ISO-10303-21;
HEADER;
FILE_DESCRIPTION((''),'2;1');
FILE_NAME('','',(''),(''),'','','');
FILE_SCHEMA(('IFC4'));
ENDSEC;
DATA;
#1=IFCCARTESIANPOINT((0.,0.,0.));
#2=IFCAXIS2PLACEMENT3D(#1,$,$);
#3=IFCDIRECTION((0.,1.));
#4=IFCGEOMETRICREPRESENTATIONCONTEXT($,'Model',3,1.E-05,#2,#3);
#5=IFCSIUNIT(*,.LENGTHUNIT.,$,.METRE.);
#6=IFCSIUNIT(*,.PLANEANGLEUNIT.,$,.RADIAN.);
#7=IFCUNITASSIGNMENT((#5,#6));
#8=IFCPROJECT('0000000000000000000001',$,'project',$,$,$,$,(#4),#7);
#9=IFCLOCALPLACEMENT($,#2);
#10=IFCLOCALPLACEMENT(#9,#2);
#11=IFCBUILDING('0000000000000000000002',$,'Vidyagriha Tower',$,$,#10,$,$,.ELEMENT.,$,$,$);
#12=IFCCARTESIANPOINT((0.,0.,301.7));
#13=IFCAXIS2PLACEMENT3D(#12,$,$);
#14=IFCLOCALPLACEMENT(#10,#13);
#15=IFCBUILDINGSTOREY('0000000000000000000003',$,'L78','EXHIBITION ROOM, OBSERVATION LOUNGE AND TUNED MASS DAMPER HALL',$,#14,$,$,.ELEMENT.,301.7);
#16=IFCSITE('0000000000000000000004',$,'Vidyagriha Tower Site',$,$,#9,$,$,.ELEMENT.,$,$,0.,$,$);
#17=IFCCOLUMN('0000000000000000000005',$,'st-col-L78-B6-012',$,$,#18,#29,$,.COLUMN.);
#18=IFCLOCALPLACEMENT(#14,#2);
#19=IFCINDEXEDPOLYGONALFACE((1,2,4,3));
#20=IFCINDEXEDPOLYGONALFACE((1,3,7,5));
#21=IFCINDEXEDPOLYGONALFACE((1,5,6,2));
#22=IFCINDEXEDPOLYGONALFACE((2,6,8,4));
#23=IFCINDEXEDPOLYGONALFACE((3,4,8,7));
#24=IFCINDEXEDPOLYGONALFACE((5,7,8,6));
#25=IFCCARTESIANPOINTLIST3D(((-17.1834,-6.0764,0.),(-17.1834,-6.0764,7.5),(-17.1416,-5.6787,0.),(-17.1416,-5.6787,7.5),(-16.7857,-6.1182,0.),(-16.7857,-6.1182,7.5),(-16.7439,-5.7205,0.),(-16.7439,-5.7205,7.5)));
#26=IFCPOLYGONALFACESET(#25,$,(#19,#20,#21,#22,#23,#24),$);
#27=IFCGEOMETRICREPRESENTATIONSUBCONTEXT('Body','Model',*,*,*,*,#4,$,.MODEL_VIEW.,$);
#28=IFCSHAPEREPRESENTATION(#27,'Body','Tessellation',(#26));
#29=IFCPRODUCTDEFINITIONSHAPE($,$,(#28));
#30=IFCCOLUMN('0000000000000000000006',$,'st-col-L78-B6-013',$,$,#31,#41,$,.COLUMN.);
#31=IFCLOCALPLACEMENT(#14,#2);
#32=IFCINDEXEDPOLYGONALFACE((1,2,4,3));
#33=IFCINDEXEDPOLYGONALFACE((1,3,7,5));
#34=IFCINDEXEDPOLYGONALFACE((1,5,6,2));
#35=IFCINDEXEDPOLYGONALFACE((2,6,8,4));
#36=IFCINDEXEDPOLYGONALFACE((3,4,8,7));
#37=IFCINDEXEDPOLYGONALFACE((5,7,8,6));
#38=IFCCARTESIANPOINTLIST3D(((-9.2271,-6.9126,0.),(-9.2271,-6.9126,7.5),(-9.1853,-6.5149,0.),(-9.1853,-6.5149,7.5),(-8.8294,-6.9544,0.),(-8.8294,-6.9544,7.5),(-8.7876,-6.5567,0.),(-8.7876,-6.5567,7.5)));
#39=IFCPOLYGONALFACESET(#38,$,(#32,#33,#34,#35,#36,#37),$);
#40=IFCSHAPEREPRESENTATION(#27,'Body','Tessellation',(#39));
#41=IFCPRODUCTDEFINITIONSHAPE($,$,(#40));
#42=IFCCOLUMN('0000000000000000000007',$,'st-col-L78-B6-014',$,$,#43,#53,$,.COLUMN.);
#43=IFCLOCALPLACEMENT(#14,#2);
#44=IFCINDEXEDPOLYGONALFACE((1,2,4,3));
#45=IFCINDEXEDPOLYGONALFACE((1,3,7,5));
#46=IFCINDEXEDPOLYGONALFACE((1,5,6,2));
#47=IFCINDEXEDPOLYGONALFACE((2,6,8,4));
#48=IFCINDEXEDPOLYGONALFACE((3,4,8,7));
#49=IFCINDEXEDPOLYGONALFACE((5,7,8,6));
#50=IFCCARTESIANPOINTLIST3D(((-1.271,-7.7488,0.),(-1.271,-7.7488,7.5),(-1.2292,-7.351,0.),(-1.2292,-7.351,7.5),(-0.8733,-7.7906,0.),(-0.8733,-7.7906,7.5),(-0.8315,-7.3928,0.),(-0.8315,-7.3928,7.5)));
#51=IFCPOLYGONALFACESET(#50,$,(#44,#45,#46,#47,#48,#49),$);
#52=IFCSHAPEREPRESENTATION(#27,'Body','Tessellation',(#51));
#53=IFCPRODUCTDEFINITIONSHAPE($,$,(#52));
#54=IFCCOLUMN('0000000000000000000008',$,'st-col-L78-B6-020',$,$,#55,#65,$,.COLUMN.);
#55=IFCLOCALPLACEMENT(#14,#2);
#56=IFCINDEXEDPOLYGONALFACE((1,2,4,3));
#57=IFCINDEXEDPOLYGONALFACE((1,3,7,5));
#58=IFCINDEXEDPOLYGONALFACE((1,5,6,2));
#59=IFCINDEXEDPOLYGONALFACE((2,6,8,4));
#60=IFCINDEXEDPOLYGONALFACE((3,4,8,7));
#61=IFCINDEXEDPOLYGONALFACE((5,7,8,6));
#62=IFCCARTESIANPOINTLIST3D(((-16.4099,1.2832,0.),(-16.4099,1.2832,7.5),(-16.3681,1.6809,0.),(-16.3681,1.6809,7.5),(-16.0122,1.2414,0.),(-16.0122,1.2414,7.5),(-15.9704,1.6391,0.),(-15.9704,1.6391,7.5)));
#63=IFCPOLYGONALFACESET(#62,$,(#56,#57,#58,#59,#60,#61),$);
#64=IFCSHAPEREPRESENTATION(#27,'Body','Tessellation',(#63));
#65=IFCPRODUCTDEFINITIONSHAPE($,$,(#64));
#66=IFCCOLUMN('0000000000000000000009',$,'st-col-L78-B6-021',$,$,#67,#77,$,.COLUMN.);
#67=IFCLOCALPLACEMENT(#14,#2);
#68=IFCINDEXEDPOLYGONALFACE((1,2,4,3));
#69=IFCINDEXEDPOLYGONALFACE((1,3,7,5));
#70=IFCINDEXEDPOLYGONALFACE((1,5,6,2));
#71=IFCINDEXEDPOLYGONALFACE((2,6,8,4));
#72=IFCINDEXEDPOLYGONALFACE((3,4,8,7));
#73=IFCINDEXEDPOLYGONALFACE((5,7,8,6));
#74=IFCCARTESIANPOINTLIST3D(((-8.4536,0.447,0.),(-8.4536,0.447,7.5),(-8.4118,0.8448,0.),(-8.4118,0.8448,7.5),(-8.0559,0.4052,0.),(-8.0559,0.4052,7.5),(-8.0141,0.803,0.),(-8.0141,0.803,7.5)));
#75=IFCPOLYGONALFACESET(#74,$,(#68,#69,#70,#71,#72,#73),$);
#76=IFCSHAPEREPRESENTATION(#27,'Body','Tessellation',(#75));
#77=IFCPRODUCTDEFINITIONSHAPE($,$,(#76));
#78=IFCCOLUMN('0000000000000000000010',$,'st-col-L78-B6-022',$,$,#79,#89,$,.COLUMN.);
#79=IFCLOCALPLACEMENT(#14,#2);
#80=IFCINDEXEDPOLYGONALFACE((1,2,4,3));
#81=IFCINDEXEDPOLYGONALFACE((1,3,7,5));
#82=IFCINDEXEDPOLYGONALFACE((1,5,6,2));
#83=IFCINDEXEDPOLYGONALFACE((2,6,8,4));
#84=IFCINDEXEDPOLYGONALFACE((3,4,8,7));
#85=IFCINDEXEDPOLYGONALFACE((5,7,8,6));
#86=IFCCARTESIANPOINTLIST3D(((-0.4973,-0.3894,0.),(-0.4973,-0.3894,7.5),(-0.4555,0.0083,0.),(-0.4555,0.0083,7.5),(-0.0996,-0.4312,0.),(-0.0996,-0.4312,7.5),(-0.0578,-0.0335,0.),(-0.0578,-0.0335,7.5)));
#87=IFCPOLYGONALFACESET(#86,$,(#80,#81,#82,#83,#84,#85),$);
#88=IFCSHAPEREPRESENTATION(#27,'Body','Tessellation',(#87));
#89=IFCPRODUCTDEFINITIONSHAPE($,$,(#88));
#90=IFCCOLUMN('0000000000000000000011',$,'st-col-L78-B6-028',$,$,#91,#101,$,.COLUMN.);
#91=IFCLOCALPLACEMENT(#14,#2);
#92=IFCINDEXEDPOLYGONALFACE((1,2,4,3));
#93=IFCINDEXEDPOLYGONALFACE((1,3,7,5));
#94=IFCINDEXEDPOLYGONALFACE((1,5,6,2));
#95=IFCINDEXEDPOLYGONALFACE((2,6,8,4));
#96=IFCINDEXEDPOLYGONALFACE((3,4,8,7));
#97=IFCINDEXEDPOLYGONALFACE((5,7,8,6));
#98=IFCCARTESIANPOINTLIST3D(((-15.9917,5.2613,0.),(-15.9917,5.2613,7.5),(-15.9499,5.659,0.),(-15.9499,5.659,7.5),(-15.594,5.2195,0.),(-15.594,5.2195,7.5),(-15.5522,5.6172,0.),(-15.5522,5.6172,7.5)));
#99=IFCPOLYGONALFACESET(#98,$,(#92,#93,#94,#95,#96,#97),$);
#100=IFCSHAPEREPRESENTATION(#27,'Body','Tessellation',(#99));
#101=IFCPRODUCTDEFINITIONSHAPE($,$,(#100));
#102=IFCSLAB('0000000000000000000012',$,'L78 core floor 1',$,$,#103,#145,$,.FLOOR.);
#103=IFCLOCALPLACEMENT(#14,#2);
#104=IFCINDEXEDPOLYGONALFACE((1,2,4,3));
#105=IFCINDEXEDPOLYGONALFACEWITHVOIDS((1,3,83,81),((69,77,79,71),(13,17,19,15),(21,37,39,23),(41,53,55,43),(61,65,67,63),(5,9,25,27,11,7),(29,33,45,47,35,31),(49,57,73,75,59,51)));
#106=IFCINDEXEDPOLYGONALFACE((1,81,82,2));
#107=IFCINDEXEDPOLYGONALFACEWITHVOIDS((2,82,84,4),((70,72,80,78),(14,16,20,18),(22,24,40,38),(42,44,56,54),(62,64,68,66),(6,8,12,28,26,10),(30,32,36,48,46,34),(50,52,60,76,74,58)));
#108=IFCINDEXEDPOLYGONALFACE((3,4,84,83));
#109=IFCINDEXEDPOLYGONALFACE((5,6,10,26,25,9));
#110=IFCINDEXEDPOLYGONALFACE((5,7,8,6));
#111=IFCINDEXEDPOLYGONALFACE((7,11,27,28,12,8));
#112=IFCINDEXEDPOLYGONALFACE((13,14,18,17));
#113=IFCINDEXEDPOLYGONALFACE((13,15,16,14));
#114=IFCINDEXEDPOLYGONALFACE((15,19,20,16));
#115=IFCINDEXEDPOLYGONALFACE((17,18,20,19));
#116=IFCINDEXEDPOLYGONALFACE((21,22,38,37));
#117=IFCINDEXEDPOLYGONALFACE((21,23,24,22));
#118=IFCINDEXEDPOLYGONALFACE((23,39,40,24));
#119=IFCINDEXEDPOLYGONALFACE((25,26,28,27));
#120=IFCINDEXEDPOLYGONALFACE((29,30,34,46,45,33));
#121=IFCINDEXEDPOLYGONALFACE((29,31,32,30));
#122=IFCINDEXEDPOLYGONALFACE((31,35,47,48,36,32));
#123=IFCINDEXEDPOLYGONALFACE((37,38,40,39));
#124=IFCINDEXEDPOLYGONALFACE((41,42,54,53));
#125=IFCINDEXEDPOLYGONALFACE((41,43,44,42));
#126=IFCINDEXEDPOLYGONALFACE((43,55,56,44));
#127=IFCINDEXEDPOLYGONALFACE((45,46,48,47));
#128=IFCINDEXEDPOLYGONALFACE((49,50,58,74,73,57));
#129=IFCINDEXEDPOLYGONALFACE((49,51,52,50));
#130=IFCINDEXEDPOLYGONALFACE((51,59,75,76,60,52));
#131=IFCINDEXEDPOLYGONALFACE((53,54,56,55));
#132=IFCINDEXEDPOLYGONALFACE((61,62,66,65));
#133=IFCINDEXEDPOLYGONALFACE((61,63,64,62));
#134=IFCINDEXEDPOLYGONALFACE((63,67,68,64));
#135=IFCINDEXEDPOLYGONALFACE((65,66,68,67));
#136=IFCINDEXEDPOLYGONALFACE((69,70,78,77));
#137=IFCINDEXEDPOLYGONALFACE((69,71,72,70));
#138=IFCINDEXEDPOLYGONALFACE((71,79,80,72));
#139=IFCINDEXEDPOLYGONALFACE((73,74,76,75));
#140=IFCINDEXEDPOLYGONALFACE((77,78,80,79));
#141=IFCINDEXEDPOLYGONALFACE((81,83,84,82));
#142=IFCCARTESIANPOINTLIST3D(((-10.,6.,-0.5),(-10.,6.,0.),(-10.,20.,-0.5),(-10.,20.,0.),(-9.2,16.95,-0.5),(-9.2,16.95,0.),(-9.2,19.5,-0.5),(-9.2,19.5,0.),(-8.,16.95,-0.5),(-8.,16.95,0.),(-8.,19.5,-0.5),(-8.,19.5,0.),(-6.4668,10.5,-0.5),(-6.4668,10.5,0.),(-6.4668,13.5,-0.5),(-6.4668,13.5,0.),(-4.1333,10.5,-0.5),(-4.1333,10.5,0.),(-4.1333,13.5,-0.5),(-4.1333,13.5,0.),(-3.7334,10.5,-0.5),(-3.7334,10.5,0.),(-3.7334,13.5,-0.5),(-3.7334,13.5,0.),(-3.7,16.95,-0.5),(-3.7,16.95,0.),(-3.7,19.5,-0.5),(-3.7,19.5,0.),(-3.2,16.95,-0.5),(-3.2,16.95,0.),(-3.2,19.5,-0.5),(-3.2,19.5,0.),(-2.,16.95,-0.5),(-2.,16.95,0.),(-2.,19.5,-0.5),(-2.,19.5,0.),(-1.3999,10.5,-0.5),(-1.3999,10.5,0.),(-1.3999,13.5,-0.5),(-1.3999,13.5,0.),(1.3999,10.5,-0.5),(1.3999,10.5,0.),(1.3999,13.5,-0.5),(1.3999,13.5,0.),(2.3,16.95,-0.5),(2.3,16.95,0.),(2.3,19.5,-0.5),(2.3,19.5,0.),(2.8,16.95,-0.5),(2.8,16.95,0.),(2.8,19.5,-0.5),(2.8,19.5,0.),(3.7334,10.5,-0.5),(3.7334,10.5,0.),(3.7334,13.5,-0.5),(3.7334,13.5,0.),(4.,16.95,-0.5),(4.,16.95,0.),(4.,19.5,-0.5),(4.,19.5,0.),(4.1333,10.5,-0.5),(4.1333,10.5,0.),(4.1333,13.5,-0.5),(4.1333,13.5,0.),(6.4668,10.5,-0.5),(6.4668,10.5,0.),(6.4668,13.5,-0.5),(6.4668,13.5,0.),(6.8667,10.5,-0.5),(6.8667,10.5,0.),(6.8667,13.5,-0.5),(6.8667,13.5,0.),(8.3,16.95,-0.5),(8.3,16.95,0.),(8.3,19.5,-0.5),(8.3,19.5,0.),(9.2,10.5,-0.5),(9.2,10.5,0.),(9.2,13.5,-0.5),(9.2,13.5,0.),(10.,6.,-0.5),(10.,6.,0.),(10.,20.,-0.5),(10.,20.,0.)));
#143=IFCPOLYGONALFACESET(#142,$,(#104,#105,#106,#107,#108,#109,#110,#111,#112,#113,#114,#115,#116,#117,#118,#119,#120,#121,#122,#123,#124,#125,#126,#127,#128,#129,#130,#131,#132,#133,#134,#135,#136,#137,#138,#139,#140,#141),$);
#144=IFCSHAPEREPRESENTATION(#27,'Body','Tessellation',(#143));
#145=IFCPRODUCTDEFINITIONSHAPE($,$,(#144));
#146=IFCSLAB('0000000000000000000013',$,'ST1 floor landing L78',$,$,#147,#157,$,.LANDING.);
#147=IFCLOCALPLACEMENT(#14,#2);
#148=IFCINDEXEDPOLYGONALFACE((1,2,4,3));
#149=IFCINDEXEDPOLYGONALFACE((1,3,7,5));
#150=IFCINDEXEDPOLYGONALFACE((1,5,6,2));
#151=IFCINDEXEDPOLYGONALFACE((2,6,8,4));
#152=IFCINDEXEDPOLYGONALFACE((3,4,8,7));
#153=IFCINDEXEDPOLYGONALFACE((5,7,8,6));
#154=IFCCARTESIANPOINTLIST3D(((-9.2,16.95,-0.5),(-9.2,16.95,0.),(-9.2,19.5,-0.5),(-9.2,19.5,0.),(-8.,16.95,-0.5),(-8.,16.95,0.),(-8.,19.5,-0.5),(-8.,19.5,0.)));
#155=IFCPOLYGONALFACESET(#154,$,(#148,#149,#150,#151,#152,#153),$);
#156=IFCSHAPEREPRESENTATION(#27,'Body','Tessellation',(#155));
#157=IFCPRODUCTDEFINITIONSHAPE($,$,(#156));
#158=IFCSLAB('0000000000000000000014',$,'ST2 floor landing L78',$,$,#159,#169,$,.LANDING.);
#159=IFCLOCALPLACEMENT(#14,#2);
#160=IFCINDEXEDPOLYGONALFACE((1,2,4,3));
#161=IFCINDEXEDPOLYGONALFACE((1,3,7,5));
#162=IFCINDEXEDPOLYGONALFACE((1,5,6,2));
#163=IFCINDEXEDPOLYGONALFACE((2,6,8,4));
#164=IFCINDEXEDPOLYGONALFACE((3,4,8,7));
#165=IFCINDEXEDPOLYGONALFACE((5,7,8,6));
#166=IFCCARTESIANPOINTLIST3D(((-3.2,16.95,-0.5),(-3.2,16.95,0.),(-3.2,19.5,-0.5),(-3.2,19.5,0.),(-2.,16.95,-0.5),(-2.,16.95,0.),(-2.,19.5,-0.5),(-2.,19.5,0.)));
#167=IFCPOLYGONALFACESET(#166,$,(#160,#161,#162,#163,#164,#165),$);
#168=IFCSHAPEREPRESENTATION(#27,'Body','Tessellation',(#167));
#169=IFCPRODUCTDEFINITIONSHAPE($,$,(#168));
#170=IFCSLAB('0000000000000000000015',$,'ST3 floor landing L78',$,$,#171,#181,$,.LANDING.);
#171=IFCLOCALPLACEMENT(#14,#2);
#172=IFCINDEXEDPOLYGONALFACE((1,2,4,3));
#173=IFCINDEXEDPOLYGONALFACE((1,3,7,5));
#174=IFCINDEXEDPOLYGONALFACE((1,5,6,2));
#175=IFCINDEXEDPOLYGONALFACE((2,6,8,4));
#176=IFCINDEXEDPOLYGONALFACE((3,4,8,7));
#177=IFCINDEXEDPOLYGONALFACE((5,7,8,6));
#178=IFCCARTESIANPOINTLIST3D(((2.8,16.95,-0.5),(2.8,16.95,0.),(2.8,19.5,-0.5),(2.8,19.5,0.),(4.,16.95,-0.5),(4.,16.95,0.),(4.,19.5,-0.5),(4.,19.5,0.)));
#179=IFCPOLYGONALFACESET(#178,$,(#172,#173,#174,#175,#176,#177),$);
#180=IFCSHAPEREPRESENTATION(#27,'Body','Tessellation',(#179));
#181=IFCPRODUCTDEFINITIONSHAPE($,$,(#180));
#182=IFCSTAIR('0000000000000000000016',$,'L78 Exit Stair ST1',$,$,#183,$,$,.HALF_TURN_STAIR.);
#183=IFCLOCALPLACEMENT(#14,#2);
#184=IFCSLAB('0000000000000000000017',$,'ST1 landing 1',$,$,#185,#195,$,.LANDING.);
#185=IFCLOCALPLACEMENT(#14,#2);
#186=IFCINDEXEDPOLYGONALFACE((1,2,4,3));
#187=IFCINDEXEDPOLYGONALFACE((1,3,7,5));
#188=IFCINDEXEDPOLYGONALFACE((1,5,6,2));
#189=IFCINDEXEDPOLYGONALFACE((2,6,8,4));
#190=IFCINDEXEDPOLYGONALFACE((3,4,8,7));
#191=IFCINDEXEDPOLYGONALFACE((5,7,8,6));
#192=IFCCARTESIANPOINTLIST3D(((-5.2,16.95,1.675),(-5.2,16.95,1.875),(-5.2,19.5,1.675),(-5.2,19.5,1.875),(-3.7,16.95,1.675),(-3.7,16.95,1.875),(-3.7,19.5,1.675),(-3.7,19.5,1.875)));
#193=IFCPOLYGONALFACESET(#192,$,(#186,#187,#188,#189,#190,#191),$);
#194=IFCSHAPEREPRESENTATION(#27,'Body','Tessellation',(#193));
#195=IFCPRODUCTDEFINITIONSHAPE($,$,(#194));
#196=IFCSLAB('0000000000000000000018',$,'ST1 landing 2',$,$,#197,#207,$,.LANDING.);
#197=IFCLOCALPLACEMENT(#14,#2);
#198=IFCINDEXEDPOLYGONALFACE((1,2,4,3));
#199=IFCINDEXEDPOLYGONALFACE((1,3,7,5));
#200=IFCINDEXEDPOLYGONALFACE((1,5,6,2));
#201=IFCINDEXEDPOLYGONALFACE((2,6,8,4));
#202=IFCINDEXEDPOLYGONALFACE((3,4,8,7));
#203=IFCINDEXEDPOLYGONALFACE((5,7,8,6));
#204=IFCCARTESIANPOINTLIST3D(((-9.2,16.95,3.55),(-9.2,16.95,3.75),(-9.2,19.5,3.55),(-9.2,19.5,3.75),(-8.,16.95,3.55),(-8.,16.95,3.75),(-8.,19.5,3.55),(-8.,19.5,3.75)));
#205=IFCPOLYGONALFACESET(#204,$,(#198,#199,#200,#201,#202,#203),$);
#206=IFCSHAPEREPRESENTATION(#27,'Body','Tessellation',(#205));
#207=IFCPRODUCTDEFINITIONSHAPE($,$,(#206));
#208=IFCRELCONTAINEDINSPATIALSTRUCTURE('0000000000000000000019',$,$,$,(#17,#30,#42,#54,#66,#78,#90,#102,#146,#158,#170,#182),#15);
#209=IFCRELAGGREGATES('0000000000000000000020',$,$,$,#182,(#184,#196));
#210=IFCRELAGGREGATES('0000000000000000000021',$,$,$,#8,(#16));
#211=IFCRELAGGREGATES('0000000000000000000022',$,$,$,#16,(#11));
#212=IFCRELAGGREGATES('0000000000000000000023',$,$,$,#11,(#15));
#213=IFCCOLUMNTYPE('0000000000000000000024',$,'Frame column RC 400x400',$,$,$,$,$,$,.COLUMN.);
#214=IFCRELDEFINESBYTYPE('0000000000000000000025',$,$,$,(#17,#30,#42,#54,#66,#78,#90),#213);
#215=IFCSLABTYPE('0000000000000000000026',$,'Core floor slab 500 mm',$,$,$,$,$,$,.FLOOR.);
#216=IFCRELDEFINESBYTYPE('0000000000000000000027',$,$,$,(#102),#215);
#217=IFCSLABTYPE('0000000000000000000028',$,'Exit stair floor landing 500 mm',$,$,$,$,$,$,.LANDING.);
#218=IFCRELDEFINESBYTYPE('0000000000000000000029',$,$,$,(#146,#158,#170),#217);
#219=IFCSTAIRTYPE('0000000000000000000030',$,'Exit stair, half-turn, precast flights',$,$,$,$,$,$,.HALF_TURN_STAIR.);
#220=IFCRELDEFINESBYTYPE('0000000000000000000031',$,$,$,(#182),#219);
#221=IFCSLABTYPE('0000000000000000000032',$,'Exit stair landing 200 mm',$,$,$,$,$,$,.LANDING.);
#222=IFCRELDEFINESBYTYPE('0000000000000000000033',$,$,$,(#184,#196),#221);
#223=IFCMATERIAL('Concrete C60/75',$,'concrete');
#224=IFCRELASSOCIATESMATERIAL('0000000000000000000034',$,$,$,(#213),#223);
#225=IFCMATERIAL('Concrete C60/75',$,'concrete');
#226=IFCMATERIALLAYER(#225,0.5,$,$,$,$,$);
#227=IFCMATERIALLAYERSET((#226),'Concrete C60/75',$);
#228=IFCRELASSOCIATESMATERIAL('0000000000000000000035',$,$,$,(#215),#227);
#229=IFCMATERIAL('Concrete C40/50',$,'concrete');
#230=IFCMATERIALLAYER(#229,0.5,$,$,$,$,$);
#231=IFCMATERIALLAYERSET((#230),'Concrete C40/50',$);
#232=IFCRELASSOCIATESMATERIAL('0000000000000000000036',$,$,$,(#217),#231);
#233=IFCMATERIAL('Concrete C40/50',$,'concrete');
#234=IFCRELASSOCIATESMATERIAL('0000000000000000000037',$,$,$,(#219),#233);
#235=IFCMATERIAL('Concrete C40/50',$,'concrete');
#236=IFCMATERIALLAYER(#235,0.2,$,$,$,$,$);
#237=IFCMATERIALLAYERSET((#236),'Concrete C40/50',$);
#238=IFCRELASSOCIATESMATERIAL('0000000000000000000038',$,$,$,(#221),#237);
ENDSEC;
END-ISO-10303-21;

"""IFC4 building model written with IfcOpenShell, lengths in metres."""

from ifc_helpers import new_model, si_unit, direction, frame, origin, origin_2d, place, context, subcontext, project, spatial, polyline, rectangle, outline, extrude, material, layer, layer_set, material_profile, profile_set, type_object, element, aggregate, save


model = new_model("IFC4")

# Units and contexts
model_context = context("Model", 3, precision=1e-05, world=origin(), true_north=direction((0.0, 1.0)))
body_context = subcontext(model_context, "Body", "Model", "MODEL_VIEW")
ifc_project = project(units=[si_unit("LENGTHUNIT", "METRE"), si_unit("PLANEANGLEUNIT", "RADIAN")], contexts=[model_context])

# Site, building, storey
site_placement = place(None, origin())
site = spatial("IfcSite", under=ifc_project, at=site_placement, Name="Vidyagriha Tower Site", CompositionType="ELEMENT", RefElevation=0.0)
building_placement = place(site_placement, origin())
building = spatial("IfcBuilding", under=site, at=building_placement, Name="Vidyagriha Tower", CompositionType="ELEMENT")
storey_placement = place(building_placement, frame((0.0, 0.0, 301.7)))
storey = spatial("IfcBuildingStorey", under=building, at=storey_placement, Name="L78", Description="EXHIBITION ROOM, OBSERVATION LOUNGE AND TUNED MASS DAMPER HALL", CompositionType="ELEMENT", Elevation=301.7)

# Columns
ifc_material_1 = material(Name="Concrete C60/75", Category="concrete")
ifc_material_profile = material_profile(ifc_material_1, rectangle(XDim=0.3999, YDim=0.3999, at=origin_2d()), Name="RC 400x400")
ifc_profile_set = profile_set([ifc_material_profile], Name="Concrete C60/75")
column_type = type_object("IfcColumnType", Name="Frame column RC 400x400", PredefinedType="COLUMN", material=ifc_profile_set)
for number, where, z_axis, x_axis, name in (
    (1, (-16.9636, -5.8984, 0.0), (0.0, 0.0, 1.0), (0.994522, -0.104528, 0.0), "st-col-L78-B6-012"),
    (2, (-9.0073, -6.7346, 0.0), (0.0, 0.0, 1.0), (0.994522, -0.104528, 0.0), "st-col-L78-B6-013"),
    (3, (-1.0513, -7.5708, 0.0), (0.0, 0.0, 1.0), (0.994522, -0.104528, 0.0), "st-col-L78-B6-014"),
    (4, (-16.1902, 1.4612, 0.0), (0.0, 0.0, 1.0), (0.994522, -0.104528, 0.0), "st-col-L78-B6-020"),
    (5, (-8.2339, 0.625, 0.0), (0.0, 0.0, 1.0), (0.994522, -0.104528, 0.0), "st-col-L78-B6-021"),
    (6, (-0.2776, -0.2114, 0.0), (0.0, 0.0, 1.0), (0.994522, -0.104528, 0.0), "st-col-L78-B6-022"),
    (7, (-15.772, 5.4392, 0.0), (0.0, 0.0, 1.0), (0.994522, -0.104528, 0.0), "st-col-L78-B6-028"),
):
    element("IfcColumn", number, at=place(storey_placement, frame(where, z_axis=z_axis, x_axis=x_axis)), inside=storey, type_object=column_type, Name=name, PredefinedType="COLUMN", context=body_context, shape_type="SweptSolid", body=[
        extrude(rectangle(XDim=0.3999, YDim=0.3999, at=origin_2d()), origin(), (0.0, 0.0, 1.0), 7.5),
    ])

# Slabs
ifc_material_2 = material(Name="Concrete C60/75", Category="concrete")
ifc_layer_1 = layer(ifc_material_2, 0.5)
ifc_layer_set_1 = layer_set([ifc_layer_1], Name="Concrete C60/75")
slab_type_1 = type_object("IfcSlabType", Name="Core floor slab 500 mm", PredefinedType="FLOOR", material=ifc_layer_set_1)
slab_1_placement = place(storey_placement, frame((0.0, 0.0, -0.5)))
element("IfcSlab", 8, at=slab_1_placement, inside=storey, type_object=slab_type_1, Name="L78 core floor 1", PredefinedType="FLOOR", context=body_context, shape_type="SweptSolid", body=[
    extrude(outline(polyline([(-10.0, 6.0), (-10.0, 20.0), (10.0, 20.0), (10.0, 6.0), (-10.0, 6.0)]), holes=[polyline([(6.8667, 13.5), (6.8667, 10.5), (9.2, 10.5), (9.2, 13.5), (6.8667, 13.5)]), polyline([(4.0, 19.5), (2.8, 19.5), (2.8, 16.95), (4.0, 16.95), (8.3, 16.95), (8.3, 19.5), (4.0, 19.5)]), polyline([(6.4668, 13.5), (4.1333, 13.5), (4.1333, 10.5), (6.4668, 10.5), (6.4668, 13.5)]), polyline([(3.7334, 13.5), (1.3999, 13.5), (1.3999, 10.5), (3.7334, 10.5), (3.7334, 13.5)]), polyline([(-2.0, 16.95), (2.3, 16.95), (2.3, 19.5), (-2.0, 19.5), (-3.2, 19.5), (-3.2, 16.95), (-2.0, 16.95)]), polyline([(-3.7334, 13.5), (-3.7334, 10.5), (-1.3999, 10.5), (-1.3999, 13.5), (-3.7334, 13.5)]), polyline([(-9.2, 19.5), (-9.2, 16.95), (-8.0, 16.95), (-3.7, 16.95), (-3.7, 19.5), (-8.0, 19.5), (-9.2, 19.5)]), polyline([(-6.4668, 13.5), (-6.4668, 10.5), (-4.1333, 10.5), (-4.1333, 13.5), (-6.4668, 13.5)])]), origin(), (0.0, 0.0, 1.0), 0.5),
])
ifc_material_3 = material(Name="Concrete C40/50", Category="concrete")
ifc_layer_2 = layer(ifc_material_3, 0.5)
ifc_layer_set_2 = layer_set([ifc_layer_2], Name="Concrete C40/50")
slab_type_2 = type_object("IfcSlabType", Name="Exit stair floor landing 500 mm", PredefinedType="LANDING", material=ifc_layer_set_2)
slab_2_placement = place(storey_placement, frame((0.0, 0.0, -0.5)))
element("IfcSlab", 9, at=slab_2_placement, inside=storey, type_object=slab_type_2, Name="ST1 floor landing L78", PredefinedType="LANDING", context=body_context, shape_type="SweptSolid", body=[
    extrude(outline(polyline([(-9.2, 16.95), (-8.0, 16.95), (-8.0, 19.5), (-9.2, 19.5), (-9.2, 16.95)])), origin(), (0.0, 0.0, 1.0), 0.5),
])
slab_3_placement = place(storey_placement, frame((0.0, 0.0, -0.5)))
element("IfcSlab", 10, at=slab_3_placement, inside=storey, type_object=slab_type_2, Name="ST2 floor landing L78", PredefinedType="LANDING", context=body_context, shape_type="SweptSolid", body=[
    extrude(outline(polyline([(-3.2, 16.95), (-2.0, 16.95), (-2.0, 19.5), (-3.2, 19.5), (-3.2, 16.95)])), origin(), (0.0, 0.0, 1.0), 0.5),
])
slab_4_placement = place(storey_placement, frame((0.0, 0.0, -0.5)))
element("IfcSlab", 11, at=slab_4_placement, inside=storey, type_object=slab_type_2, Name="ST3 floor landing L78", PredefinedType="LANDING", context=body_context, shape_type="SweptSolid", body=[
    extrude(outline(polyline([(2.8, 16.95), (4.0, 16.95), (4.0, 19.5), (2.8, 19.5), (2.8, 16.95)])), origin(), (0.0, 0.0, 1.0), 0.5),
])

# Stair, slabs
ifc_material_4 = material(Name="Concrete C40/50", Category="concrete")
stair_type = type_object("IfcStairType", Name="Exit stair, half-turn, precast flights", PredefinedType="HALF_TURN_STAIR", material=ifc_material_4)
stair_1_placement = place(storey_placement, origin())
stair_1 = element("IfcStair", 12, at=stair_1_placement, inside=storey, type_object=stair_type, Name="L78 Exit Stair ST1", PredefinedType="HALF_TURN_STAIR")
ifc_material_5 = material(Name="Concrete C40/50", Category="concrete")
ifc_layer_3 = layer(ifc_material_5, 0.2)
ifc_layer_set_3 = layer_set([ifc_layer_3], Name="Concrete C40/50")
slab_type_3 = type_object("IfcSlabType", Name="Exit stair landing 200 mm", PredefinedType="LANDING", material=ifc_layer_set_3)
slab_5_placement = place(storey_placement, frame((0.0, 0.0, 1.675)))
slab_5 = element("IfcSlab", 13, at=slab_5_placement, type_object=slab_type_3, Name="ST1 landing 1", PredefinedType="LANDING", context=body_context, shape_type="SweptSolid", body=[
    extrude(outline(polyline([(-5.2, 16.95), (-3.7, 16.95), (-3.7, 19.5), (-5.2, 19.5), (-5.2, 16.95)])), origin(), (0.0, 0.0, 1.0), 0.2),
])
slab_6_placement = place(storey_placement, frame((0.0, 0.0, 3.55)))
slab_6 = element("IfcSlab", 14, at=slab_6_placement, type_object=slab_type_3, Name="ST1 landing 2", PredefinedType="LANDING", context=body_context, shape_type="SweptSolid", body=[
    extrude(outline(polyline([(-9.2, 16.95), (-8.0, 16.95), (-8.0, 19.5), (-9.2, 19.5), (-9.2, 16.95)])), origin(), (0.0, 0.0, 1.0), 0.2),
])
aggregate(stair_1, [slab_5, slab_6])

save(model, "model.ifc")
